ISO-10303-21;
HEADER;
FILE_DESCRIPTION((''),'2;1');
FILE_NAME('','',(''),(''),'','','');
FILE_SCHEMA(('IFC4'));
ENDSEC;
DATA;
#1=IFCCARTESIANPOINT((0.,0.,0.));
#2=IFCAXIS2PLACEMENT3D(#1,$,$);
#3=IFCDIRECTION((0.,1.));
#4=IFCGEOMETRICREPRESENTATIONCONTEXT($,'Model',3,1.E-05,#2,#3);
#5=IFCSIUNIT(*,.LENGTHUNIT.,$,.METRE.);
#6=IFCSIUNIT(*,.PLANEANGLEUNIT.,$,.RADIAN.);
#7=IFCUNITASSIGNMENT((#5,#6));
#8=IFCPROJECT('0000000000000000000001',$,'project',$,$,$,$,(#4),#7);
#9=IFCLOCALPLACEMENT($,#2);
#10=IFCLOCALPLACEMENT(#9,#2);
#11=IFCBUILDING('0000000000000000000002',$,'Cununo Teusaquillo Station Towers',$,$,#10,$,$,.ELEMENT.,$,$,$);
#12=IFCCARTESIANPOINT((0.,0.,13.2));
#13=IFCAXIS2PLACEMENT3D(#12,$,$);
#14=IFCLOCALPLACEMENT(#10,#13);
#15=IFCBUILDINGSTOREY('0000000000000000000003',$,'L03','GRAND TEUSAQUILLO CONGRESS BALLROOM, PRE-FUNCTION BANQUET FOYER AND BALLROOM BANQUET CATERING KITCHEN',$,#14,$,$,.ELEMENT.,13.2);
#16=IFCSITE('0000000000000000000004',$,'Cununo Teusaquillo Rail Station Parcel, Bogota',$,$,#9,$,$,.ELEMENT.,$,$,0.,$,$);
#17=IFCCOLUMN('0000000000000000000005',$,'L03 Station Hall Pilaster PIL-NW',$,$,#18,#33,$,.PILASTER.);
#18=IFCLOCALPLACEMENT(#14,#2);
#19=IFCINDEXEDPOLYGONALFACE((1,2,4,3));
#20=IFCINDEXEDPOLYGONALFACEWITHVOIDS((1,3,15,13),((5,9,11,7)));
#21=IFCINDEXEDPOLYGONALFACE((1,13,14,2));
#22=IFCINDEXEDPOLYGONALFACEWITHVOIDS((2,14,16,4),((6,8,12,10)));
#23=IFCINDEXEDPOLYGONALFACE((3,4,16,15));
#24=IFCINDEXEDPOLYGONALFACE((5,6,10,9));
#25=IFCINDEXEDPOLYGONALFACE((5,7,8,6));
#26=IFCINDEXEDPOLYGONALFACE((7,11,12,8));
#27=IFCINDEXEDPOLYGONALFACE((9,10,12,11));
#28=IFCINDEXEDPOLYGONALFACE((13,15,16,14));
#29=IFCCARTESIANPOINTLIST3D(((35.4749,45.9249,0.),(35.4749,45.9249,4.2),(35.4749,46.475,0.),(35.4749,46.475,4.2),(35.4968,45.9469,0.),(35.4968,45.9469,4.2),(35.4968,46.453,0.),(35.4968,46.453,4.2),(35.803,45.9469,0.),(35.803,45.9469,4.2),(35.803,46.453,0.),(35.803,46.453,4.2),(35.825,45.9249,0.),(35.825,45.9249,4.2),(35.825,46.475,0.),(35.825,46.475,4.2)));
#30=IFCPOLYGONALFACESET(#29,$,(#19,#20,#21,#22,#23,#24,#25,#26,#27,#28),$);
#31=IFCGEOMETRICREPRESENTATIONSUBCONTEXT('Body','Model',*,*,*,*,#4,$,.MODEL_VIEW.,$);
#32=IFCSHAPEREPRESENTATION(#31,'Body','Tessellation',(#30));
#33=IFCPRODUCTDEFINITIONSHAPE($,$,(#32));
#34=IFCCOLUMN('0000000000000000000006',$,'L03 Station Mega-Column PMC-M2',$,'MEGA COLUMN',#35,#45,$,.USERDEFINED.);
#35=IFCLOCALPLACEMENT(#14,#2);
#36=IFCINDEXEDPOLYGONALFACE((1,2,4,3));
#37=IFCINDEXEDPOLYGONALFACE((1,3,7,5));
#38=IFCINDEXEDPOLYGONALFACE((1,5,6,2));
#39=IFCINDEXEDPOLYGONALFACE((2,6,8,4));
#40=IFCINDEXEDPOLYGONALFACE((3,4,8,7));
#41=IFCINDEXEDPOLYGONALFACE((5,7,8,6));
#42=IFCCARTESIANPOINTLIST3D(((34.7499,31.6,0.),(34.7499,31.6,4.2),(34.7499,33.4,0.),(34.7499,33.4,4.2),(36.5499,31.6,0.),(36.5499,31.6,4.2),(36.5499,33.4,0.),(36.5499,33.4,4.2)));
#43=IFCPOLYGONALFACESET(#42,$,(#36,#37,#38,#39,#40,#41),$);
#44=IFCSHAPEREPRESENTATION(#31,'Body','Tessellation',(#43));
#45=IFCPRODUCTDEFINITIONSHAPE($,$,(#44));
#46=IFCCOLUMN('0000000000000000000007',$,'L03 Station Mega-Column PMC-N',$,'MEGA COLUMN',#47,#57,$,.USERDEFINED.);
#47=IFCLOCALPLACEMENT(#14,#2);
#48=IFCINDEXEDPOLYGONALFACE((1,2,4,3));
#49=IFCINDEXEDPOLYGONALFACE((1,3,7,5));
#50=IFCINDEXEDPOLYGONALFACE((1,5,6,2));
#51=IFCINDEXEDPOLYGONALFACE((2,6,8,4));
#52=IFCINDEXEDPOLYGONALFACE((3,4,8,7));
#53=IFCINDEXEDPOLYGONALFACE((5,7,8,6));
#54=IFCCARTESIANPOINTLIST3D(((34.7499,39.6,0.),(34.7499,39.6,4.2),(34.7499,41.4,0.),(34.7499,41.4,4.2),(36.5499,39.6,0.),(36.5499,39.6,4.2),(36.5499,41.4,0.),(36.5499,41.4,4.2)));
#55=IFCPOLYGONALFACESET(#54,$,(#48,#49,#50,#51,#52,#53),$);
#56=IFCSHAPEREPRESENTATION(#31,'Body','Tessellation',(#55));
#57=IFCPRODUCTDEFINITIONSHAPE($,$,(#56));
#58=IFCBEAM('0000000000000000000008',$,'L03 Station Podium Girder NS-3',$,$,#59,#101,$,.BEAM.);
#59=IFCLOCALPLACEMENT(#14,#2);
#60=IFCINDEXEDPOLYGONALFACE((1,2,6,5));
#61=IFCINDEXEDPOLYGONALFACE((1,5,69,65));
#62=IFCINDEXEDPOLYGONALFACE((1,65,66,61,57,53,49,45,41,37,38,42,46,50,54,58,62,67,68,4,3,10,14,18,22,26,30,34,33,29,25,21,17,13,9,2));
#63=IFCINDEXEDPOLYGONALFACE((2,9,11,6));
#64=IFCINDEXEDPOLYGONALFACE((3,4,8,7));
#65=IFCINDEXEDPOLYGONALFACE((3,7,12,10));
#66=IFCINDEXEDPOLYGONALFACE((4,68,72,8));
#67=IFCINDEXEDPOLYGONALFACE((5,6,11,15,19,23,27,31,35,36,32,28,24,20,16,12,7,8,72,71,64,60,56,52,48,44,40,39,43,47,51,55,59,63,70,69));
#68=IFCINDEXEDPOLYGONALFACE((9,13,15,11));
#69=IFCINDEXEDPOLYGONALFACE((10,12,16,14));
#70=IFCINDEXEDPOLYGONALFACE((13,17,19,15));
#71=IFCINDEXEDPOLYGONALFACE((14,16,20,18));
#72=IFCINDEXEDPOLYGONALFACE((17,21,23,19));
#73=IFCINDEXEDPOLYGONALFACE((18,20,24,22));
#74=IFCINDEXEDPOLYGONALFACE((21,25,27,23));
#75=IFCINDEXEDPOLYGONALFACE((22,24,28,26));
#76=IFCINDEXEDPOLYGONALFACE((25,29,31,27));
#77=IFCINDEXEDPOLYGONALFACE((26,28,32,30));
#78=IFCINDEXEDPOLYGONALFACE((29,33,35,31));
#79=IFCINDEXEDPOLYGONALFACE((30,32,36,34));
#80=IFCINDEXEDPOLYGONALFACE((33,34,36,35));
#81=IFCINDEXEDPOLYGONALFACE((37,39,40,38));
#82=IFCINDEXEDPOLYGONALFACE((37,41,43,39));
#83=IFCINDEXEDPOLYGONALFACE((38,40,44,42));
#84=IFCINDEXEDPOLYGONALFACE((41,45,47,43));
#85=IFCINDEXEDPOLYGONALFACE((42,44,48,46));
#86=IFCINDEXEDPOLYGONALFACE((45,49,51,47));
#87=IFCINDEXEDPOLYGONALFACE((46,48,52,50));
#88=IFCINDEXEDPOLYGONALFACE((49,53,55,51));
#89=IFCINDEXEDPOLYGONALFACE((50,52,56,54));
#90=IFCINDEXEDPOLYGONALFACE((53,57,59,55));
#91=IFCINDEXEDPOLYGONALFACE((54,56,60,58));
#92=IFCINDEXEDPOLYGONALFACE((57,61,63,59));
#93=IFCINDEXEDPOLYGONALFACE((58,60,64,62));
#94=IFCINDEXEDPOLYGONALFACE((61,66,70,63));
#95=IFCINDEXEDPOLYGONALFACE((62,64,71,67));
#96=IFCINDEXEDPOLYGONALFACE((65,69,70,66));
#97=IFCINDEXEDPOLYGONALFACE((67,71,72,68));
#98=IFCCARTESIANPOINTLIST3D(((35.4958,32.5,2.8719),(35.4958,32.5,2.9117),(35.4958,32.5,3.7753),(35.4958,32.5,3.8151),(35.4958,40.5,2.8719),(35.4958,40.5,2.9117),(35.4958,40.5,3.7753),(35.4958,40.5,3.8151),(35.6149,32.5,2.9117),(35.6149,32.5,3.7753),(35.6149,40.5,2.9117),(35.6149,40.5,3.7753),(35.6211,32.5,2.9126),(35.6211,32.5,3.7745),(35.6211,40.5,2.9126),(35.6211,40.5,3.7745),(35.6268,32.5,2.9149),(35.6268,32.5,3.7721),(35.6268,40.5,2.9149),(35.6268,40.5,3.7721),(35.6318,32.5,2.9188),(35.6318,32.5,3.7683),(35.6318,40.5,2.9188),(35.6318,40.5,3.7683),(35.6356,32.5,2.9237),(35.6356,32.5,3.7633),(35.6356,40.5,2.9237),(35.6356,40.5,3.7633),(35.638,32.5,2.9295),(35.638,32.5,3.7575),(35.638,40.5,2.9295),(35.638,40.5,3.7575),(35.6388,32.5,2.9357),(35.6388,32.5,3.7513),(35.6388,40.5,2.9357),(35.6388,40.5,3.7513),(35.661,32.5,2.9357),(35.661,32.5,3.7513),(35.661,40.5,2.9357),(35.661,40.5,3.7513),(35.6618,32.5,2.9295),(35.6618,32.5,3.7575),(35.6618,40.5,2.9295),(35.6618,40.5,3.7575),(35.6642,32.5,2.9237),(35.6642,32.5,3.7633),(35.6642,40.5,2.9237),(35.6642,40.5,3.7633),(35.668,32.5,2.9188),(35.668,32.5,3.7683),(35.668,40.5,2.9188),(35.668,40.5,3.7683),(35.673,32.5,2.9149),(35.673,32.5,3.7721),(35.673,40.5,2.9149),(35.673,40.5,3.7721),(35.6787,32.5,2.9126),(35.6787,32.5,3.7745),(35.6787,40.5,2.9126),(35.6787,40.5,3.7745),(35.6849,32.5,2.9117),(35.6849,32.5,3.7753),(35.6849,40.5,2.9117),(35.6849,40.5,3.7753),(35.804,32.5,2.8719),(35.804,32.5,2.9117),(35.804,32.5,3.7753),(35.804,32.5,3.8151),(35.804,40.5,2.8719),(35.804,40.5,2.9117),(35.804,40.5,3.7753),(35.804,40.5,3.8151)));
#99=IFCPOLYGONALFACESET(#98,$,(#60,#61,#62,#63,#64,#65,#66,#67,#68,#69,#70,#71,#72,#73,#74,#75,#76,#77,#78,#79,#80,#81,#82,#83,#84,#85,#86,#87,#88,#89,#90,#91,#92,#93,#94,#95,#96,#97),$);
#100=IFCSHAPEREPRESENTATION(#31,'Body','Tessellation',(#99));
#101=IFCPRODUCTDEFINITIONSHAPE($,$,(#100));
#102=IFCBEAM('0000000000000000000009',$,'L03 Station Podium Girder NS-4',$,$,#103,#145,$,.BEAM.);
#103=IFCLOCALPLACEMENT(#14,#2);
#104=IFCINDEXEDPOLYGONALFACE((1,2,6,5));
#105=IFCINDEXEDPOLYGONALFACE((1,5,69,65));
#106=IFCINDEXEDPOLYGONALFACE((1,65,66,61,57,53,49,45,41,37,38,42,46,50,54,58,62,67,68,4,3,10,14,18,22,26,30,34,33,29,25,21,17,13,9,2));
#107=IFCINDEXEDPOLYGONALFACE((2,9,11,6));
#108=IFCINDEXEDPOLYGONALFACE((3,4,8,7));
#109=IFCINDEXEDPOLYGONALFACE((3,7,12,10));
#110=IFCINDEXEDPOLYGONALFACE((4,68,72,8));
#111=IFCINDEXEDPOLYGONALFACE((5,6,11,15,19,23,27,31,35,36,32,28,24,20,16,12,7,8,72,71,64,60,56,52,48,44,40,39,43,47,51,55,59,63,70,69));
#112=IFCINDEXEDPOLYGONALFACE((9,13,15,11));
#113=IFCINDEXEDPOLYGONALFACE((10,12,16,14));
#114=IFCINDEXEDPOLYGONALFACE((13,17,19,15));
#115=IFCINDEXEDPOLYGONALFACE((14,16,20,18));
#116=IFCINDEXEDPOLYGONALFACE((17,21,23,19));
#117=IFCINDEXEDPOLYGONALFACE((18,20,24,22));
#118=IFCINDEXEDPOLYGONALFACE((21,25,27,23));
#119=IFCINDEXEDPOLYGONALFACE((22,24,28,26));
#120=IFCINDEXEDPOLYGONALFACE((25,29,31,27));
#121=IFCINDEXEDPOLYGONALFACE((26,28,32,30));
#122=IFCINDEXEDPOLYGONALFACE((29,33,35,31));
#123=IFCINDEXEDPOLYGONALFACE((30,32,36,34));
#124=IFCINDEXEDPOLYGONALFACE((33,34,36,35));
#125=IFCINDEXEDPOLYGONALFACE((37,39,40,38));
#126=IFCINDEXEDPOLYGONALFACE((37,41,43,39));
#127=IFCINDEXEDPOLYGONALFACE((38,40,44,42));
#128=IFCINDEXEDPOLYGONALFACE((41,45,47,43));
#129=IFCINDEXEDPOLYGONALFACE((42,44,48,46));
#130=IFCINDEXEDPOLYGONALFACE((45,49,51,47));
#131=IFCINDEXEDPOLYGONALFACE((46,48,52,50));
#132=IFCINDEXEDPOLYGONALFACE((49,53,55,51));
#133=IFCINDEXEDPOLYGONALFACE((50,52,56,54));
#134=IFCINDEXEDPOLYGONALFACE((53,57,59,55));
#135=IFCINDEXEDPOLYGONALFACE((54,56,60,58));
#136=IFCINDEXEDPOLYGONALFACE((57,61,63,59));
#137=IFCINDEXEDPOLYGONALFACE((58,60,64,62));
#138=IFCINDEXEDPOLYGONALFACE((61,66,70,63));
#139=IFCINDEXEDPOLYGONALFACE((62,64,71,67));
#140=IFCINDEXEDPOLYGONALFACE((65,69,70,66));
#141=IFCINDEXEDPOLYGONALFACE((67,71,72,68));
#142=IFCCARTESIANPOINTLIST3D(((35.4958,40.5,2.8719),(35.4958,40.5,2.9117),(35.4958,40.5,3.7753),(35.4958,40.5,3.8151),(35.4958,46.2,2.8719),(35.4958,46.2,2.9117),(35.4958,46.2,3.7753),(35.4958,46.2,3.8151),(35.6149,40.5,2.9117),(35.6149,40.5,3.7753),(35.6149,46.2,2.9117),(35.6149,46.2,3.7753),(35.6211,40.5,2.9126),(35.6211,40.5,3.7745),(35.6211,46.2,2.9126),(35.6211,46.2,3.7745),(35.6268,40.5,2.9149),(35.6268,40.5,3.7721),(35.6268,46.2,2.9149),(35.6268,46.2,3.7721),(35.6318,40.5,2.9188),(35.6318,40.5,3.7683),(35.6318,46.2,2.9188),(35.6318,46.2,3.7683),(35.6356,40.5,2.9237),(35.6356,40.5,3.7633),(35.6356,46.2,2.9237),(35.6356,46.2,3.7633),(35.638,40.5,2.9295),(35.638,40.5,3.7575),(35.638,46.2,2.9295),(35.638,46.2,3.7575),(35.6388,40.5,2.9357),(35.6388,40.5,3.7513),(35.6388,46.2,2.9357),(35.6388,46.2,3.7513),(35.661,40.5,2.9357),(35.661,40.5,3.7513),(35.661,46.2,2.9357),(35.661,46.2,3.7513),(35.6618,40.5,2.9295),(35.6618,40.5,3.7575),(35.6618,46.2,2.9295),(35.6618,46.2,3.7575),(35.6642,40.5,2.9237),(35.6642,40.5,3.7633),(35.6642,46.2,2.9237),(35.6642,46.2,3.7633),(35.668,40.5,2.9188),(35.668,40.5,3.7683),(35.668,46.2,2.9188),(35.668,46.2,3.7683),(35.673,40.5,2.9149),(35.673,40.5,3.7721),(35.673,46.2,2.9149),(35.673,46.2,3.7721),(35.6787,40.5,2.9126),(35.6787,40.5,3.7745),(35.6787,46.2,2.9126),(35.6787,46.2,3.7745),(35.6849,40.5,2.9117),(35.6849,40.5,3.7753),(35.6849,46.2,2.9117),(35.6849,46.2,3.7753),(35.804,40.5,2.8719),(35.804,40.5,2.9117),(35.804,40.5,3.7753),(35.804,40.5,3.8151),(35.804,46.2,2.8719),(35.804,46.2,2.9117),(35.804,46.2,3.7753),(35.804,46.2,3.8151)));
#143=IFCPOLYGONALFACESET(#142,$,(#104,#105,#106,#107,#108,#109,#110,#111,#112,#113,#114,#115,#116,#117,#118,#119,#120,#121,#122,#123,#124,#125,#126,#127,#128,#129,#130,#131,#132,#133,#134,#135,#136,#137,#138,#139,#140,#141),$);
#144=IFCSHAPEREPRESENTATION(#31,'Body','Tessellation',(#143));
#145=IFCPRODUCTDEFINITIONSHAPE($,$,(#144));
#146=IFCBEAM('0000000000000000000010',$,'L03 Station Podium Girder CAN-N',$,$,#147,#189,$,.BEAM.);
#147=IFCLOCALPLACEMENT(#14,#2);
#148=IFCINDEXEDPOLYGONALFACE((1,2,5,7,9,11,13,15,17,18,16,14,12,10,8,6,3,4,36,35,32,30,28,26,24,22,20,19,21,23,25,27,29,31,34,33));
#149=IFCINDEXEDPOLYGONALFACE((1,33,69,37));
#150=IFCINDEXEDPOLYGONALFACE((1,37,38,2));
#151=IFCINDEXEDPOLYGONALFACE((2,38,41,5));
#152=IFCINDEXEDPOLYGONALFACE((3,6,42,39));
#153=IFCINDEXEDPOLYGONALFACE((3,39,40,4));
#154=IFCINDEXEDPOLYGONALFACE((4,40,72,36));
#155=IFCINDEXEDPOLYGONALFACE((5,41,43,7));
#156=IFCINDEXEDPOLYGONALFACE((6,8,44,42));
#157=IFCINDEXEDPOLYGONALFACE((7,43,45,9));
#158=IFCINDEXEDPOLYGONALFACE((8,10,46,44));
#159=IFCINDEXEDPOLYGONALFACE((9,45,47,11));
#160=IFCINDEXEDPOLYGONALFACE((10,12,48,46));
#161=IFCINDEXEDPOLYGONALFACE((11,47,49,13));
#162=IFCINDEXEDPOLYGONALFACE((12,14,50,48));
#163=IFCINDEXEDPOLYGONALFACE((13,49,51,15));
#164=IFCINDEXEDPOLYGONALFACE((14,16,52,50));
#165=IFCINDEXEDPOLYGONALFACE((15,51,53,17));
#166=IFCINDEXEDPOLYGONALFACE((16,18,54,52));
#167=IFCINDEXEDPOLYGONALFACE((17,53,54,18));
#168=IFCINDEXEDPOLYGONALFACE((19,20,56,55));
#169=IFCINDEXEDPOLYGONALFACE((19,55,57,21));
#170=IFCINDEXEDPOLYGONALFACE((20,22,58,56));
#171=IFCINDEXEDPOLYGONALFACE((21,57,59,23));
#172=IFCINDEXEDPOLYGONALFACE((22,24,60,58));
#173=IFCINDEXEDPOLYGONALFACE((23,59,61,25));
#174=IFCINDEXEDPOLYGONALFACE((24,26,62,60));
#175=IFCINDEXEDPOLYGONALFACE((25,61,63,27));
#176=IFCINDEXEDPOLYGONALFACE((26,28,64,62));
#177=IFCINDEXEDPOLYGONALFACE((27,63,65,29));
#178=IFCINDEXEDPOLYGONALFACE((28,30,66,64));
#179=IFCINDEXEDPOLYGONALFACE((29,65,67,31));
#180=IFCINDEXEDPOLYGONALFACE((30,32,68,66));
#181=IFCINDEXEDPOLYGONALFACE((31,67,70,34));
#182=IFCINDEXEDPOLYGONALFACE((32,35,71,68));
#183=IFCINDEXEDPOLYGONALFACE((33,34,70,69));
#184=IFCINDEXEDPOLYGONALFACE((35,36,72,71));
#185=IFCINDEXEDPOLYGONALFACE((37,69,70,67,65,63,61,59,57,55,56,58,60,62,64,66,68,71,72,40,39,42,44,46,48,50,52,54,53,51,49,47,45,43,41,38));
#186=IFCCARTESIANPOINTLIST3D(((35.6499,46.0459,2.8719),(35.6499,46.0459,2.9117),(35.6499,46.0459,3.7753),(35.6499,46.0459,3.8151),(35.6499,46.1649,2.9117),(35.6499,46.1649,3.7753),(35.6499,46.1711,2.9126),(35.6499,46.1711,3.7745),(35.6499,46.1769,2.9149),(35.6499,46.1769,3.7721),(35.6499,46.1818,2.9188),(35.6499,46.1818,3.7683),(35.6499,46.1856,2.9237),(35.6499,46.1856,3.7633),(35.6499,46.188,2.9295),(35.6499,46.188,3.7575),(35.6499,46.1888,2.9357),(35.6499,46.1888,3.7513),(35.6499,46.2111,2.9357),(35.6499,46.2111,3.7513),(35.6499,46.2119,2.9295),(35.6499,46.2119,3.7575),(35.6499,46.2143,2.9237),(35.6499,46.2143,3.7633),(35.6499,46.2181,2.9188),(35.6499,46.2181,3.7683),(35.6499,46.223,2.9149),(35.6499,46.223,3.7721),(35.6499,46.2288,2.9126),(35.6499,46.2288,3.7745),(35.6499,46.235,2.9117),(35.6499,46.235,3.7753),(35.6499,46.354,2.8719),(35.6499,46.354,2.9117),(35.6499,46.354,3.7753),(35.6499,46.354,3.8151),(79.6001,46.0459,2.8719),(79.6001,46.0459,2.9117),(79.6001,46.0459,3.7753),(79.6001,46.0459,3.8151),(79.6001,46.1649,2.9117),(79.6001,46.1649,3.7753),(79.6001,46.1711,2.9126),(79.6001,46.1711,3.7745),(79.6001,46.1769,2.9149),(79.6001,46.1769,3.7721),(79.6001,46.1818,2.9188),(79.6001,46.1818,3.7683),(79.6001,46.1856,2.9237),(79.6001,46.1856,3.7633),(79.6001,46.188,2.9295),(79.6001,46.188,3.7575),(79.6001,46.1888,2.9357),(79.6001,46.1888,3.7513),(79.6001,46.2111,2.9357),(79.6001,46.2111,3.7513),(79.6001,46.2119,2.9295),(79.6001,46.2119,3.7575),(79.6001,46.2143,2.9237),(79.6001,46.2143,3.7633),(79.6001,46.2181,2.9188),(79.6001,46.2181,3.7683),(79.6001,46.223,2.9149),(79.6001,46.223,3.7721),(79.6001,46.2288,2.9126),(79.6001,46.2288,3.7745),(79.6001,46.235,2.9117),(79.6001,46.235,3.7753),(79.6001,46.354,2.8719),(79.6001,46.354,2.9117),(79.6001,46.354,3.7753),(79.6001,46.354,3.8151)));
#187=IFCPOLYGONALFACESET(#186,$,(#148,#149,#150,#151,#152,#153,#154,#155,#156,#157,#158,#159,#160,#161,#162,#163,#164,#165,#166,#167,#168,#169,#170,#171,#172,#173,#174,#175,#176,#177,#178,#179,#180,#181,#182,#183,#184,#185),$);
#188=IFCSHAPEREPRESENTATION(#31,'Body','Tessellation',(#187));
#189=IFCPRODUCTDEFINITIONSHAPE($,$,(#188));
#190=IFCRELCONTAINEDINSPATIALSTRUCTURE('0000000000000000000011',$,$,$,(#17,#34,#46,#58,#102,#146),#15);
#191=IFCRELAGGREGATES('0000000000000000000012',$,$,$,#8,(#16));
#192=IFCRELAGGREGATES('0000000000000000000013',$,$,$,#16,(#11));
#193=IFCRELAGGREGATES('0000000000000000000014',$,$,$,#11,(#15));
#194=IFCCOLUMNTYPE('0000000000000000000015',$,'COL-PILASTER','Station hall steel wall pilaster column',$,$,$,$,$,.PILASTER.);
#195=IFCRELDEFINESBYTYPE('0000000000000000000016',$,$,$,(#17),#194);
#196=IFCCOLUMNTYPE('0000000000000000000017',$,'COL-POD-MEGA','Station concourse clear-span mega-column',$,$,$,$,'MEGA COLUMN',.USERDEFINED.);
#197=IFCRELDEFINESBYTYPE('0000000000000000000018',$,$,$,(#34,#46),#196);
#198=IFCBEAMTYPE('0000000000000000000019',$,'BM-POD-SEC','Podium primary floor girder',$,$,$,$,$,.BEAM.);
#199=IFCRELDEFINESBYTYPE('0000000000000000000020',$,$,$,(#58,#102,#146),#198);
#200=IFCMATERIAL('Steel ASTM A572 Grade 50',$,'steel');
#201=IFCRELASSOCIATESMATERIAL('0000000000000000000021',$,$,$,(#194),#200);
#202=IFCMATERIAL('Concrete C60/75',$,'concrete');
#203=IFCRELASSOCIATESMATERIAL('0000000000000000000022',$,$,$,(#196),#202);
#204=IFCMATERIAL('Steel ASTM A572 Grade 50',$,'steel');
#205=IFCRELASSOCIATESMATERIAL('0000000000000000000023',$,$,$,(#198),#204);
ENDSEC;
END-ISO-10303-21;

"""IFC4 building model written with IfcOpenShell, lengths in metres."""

from ifc_helpers import new_model, si_unit, direction, frame, origin, origin_2d, place, context, subcontext, project, spatial, rectangle, hollow_rectangle, i_section, extrude, material, material_profile, profile_set, type_object, element, save


model = new_model("IFC4")

# Units and contexts
model_context = context("Model", 3, precision=1e-05, world=origin(), true_north=direction((0.0, 1.0)))
body_context = subcontext(model_context, "Body", "Model", "MODEL_VIEW")
ifc_project = project(units=[si_unit("LENGTHUNIT", "METRE"), si_unit("PLANEANGLEUNIT", "RADIAN")], contexts=[model_context])

# Site, building, storey
site_placement = place(None, origin())
site = spatial("IfcSite", under=ifc_project, at=site_placement, Name="Cununo Teusaquillo Rail Station Parcel, Bogota", CompositionType="ELEMENT", RefElevation=0.0)
building_placement = place(site_placement, origin())
building = spatial("IfcBuilding", under=site, at=building_placement, Name="Cununo Teusaquillo Station Towers", CompositionType="ELEMENT")
storey_placement = place(building_placement, frame((0.0, 0.0, 13.2)))
storey = spatial("IfcBuildingStorey", under=building, at=storey_placement, Name="L03", Description="GRAND TEUSAQUILLO CONGRESS BALLROOM, PRE-FUNCTION BANQUET FOYER AND BALLROOM BANQUET CATERING KITCHEN", CompositionType="ELEMENT", Elevation=13.2)

# Columns
ifc_material_1 = material(Name="Steel ASTM A572 Grade 50", Category="steel")
ifc_material_profile_1 = material_profile(ifc_material_1, hollow_rectangle(XDim=0.3501, YDim=0.55, WallThickness=0.022, at=origin_2d()), Name="RHS 550x350x22")
ifc_profile_set_1 = profile_set([ifc_material_profile_1], Name="Steel ASTM A572 Grade 50")
column_type_1 = type_object("IfcColumnType", Name="COL-PILASTER", Description="Station hall steel wall pilaster column", PredefinedType="PILASTER", material=ifc_profile_set_1)
column_placement = place(storey_placement, frame((35.6499, 46.2, 0.0), z_axis=(0.0, 0.0, 1.0), x_axis=(1.0, 0.0, 0.0)))
element("IfcColumn", 1, at=column_placement, inside=storey, type_object=column_type_1, Name="L03 Station Hall Pilaster PIL-NW", PredefinedType="PILASTER", context=body_context, shape_type="SweptSolid", body=[
    extrude(hollow_rectangle(XDim=0.3501, YDim=0.55, WallThickness=0.022, at=origin_2d()), origin(), (0.0, 0.0, 1.0), 4.2),
])
ifc_material_2 = material(Name="Concrete C60/75", Category="concrete")
ifc_material_profile_2 = material_profile(ifc_material_2, rectangle(XDim=1.8, YDim=1.8, at=origin_2d()), Name="RC-RECT-1800x1800")
ifc_profile_set_2 = profile_set([ifc_material_profile_2], Name="Concrete C60/75")
column_type_2 = type_object("IfcColumnType", Name="COL-POD-MEGA", Description="Station concourse clear-span mega-column", ElementType="MEGA COLUMN", PredefinedType="USERDEFINED", material=ifc_profile_set_2)
for number, where, z_axis, x_axis, name in (
    (2, (35.6499, 32.5, 0.0), (0.0, 0.0, 1.0), (1.0, 0.0, 0.0), "L03 Station Mega-Column PMC-M2"),
    (3, (35.6499, 40.5, 0.0), (0.0, 0.0, 1.0), (1.0, 0.0, 0.0), "L03 Station Mega-Column PMC-N"),
):
    element("IfcColumn", number, at=place(storey_placement, frame(where, z_axis=z_axis, x_axis=x_axis)), inside=storey, type_object=column_type_2, Name=name, ObjectType="MEGA COLUMN", PredefinedType="USERDEFINED", context=body_context, shape_type="SweptSolid", body=[
        extrude(rectangle(XDim=1.8, YDim=1.8, at=origin_2d()), origin(), (0.0, 0.0, 1.0), 4.2),
    ])

# Beams
ifc_material_3 = material(Name="Steel ASTM A572 Grade 50", Category="steel")
ifc_material_profile_3 = material_profile(ifc_material_3, i_section(OverallWidth=0.3081, OverallDepth=0.9431, WebThickness=0.0222, FlangeThickness=0.0398, FilletRadius=0.0239, at=origin_2d()), Name="W36X232")
ifc_profile_set_3 = profile_set([ifc_material_profile_3], Name="Steel ASTM A572 Grade 50")
beam_type_1 = type_object("IfcBeamType", Name="BM-POD-SEC", Description="Podium primary floor girder", PredefinedType="BEAM", material=ifc_profile_set_3)
beam_1_placement = place(storey_placement, frame((35.6499, 32.5, 3.3435), z_axis=(0.0, 1.0, 0.0), x_axis=(-1.0, 0.0, 0.0)))
element("IfcBeam", 4, at=beam_1_placement, inside=storey, type_object=beam_type_1, Name="L03 Station Podium Girder NS-3", PredefinedType="BEAM", context=body_context, shape_type="SweptSolid", body=[
    extrude(i_section(OverallWidth=0.3081, OverallDepth=0.9431, WebThickness=0.0222, FlangeThickness=0.0398, FilletRadius=0.0239, at=origin_2d()), origin(), (0.0, 0.0, 1.0), 8.0),
])
beam_2_placement = place(storey_placement, frame((35.6499, 40.5, 3.3435), z_axis=(0.0, 1.0, 0.0), x_axis=(-1.0, 0.0, 0.0)))
element("IfcBeam", 5, at=beam_2_placement, inside=storey, type_object=beam_type_1, Name="L03 Station Podium Girder NS-4", PredefinedType="BEAM", context=body_context, shape_type="SweptSolid", body=[
    extrude(i_section(OverallWidth=0.3081, OverallDepth=0.9431, WebThickness=0.0222, FlangeThickness=0.0398, FilletRadius=0.0239, at=origin_2d()), origin(), (0.0, 0.0, 1.0), 5.7),
])
beam_3_placement = place(storey_placement, frame((35.6499, 46.2, 3.3435), z_axis=(1.0, 0.0, 0.0), x_axis=(0.0, 1.0, 0.0)))
element("IfcBeam", 6, at=beam_3_placement, inside=storey, type_object=beam_type_1, Name="L03 Station Podium Girder CAN-N", PredefinedType="BEAM", context=body_context, shape_type="SweptSolid", body=[
    extrude(i_section(OverallWidth=0.3081, OverallDepth=0.9431, WebThickness=0.0222, FlangeThickness=0.0398, FilletRadius=0.0239, at=origin_2d()), origin(), (0.0, 0.0, 1.0), 43.9502),
])

save(model, "model.ifc")
